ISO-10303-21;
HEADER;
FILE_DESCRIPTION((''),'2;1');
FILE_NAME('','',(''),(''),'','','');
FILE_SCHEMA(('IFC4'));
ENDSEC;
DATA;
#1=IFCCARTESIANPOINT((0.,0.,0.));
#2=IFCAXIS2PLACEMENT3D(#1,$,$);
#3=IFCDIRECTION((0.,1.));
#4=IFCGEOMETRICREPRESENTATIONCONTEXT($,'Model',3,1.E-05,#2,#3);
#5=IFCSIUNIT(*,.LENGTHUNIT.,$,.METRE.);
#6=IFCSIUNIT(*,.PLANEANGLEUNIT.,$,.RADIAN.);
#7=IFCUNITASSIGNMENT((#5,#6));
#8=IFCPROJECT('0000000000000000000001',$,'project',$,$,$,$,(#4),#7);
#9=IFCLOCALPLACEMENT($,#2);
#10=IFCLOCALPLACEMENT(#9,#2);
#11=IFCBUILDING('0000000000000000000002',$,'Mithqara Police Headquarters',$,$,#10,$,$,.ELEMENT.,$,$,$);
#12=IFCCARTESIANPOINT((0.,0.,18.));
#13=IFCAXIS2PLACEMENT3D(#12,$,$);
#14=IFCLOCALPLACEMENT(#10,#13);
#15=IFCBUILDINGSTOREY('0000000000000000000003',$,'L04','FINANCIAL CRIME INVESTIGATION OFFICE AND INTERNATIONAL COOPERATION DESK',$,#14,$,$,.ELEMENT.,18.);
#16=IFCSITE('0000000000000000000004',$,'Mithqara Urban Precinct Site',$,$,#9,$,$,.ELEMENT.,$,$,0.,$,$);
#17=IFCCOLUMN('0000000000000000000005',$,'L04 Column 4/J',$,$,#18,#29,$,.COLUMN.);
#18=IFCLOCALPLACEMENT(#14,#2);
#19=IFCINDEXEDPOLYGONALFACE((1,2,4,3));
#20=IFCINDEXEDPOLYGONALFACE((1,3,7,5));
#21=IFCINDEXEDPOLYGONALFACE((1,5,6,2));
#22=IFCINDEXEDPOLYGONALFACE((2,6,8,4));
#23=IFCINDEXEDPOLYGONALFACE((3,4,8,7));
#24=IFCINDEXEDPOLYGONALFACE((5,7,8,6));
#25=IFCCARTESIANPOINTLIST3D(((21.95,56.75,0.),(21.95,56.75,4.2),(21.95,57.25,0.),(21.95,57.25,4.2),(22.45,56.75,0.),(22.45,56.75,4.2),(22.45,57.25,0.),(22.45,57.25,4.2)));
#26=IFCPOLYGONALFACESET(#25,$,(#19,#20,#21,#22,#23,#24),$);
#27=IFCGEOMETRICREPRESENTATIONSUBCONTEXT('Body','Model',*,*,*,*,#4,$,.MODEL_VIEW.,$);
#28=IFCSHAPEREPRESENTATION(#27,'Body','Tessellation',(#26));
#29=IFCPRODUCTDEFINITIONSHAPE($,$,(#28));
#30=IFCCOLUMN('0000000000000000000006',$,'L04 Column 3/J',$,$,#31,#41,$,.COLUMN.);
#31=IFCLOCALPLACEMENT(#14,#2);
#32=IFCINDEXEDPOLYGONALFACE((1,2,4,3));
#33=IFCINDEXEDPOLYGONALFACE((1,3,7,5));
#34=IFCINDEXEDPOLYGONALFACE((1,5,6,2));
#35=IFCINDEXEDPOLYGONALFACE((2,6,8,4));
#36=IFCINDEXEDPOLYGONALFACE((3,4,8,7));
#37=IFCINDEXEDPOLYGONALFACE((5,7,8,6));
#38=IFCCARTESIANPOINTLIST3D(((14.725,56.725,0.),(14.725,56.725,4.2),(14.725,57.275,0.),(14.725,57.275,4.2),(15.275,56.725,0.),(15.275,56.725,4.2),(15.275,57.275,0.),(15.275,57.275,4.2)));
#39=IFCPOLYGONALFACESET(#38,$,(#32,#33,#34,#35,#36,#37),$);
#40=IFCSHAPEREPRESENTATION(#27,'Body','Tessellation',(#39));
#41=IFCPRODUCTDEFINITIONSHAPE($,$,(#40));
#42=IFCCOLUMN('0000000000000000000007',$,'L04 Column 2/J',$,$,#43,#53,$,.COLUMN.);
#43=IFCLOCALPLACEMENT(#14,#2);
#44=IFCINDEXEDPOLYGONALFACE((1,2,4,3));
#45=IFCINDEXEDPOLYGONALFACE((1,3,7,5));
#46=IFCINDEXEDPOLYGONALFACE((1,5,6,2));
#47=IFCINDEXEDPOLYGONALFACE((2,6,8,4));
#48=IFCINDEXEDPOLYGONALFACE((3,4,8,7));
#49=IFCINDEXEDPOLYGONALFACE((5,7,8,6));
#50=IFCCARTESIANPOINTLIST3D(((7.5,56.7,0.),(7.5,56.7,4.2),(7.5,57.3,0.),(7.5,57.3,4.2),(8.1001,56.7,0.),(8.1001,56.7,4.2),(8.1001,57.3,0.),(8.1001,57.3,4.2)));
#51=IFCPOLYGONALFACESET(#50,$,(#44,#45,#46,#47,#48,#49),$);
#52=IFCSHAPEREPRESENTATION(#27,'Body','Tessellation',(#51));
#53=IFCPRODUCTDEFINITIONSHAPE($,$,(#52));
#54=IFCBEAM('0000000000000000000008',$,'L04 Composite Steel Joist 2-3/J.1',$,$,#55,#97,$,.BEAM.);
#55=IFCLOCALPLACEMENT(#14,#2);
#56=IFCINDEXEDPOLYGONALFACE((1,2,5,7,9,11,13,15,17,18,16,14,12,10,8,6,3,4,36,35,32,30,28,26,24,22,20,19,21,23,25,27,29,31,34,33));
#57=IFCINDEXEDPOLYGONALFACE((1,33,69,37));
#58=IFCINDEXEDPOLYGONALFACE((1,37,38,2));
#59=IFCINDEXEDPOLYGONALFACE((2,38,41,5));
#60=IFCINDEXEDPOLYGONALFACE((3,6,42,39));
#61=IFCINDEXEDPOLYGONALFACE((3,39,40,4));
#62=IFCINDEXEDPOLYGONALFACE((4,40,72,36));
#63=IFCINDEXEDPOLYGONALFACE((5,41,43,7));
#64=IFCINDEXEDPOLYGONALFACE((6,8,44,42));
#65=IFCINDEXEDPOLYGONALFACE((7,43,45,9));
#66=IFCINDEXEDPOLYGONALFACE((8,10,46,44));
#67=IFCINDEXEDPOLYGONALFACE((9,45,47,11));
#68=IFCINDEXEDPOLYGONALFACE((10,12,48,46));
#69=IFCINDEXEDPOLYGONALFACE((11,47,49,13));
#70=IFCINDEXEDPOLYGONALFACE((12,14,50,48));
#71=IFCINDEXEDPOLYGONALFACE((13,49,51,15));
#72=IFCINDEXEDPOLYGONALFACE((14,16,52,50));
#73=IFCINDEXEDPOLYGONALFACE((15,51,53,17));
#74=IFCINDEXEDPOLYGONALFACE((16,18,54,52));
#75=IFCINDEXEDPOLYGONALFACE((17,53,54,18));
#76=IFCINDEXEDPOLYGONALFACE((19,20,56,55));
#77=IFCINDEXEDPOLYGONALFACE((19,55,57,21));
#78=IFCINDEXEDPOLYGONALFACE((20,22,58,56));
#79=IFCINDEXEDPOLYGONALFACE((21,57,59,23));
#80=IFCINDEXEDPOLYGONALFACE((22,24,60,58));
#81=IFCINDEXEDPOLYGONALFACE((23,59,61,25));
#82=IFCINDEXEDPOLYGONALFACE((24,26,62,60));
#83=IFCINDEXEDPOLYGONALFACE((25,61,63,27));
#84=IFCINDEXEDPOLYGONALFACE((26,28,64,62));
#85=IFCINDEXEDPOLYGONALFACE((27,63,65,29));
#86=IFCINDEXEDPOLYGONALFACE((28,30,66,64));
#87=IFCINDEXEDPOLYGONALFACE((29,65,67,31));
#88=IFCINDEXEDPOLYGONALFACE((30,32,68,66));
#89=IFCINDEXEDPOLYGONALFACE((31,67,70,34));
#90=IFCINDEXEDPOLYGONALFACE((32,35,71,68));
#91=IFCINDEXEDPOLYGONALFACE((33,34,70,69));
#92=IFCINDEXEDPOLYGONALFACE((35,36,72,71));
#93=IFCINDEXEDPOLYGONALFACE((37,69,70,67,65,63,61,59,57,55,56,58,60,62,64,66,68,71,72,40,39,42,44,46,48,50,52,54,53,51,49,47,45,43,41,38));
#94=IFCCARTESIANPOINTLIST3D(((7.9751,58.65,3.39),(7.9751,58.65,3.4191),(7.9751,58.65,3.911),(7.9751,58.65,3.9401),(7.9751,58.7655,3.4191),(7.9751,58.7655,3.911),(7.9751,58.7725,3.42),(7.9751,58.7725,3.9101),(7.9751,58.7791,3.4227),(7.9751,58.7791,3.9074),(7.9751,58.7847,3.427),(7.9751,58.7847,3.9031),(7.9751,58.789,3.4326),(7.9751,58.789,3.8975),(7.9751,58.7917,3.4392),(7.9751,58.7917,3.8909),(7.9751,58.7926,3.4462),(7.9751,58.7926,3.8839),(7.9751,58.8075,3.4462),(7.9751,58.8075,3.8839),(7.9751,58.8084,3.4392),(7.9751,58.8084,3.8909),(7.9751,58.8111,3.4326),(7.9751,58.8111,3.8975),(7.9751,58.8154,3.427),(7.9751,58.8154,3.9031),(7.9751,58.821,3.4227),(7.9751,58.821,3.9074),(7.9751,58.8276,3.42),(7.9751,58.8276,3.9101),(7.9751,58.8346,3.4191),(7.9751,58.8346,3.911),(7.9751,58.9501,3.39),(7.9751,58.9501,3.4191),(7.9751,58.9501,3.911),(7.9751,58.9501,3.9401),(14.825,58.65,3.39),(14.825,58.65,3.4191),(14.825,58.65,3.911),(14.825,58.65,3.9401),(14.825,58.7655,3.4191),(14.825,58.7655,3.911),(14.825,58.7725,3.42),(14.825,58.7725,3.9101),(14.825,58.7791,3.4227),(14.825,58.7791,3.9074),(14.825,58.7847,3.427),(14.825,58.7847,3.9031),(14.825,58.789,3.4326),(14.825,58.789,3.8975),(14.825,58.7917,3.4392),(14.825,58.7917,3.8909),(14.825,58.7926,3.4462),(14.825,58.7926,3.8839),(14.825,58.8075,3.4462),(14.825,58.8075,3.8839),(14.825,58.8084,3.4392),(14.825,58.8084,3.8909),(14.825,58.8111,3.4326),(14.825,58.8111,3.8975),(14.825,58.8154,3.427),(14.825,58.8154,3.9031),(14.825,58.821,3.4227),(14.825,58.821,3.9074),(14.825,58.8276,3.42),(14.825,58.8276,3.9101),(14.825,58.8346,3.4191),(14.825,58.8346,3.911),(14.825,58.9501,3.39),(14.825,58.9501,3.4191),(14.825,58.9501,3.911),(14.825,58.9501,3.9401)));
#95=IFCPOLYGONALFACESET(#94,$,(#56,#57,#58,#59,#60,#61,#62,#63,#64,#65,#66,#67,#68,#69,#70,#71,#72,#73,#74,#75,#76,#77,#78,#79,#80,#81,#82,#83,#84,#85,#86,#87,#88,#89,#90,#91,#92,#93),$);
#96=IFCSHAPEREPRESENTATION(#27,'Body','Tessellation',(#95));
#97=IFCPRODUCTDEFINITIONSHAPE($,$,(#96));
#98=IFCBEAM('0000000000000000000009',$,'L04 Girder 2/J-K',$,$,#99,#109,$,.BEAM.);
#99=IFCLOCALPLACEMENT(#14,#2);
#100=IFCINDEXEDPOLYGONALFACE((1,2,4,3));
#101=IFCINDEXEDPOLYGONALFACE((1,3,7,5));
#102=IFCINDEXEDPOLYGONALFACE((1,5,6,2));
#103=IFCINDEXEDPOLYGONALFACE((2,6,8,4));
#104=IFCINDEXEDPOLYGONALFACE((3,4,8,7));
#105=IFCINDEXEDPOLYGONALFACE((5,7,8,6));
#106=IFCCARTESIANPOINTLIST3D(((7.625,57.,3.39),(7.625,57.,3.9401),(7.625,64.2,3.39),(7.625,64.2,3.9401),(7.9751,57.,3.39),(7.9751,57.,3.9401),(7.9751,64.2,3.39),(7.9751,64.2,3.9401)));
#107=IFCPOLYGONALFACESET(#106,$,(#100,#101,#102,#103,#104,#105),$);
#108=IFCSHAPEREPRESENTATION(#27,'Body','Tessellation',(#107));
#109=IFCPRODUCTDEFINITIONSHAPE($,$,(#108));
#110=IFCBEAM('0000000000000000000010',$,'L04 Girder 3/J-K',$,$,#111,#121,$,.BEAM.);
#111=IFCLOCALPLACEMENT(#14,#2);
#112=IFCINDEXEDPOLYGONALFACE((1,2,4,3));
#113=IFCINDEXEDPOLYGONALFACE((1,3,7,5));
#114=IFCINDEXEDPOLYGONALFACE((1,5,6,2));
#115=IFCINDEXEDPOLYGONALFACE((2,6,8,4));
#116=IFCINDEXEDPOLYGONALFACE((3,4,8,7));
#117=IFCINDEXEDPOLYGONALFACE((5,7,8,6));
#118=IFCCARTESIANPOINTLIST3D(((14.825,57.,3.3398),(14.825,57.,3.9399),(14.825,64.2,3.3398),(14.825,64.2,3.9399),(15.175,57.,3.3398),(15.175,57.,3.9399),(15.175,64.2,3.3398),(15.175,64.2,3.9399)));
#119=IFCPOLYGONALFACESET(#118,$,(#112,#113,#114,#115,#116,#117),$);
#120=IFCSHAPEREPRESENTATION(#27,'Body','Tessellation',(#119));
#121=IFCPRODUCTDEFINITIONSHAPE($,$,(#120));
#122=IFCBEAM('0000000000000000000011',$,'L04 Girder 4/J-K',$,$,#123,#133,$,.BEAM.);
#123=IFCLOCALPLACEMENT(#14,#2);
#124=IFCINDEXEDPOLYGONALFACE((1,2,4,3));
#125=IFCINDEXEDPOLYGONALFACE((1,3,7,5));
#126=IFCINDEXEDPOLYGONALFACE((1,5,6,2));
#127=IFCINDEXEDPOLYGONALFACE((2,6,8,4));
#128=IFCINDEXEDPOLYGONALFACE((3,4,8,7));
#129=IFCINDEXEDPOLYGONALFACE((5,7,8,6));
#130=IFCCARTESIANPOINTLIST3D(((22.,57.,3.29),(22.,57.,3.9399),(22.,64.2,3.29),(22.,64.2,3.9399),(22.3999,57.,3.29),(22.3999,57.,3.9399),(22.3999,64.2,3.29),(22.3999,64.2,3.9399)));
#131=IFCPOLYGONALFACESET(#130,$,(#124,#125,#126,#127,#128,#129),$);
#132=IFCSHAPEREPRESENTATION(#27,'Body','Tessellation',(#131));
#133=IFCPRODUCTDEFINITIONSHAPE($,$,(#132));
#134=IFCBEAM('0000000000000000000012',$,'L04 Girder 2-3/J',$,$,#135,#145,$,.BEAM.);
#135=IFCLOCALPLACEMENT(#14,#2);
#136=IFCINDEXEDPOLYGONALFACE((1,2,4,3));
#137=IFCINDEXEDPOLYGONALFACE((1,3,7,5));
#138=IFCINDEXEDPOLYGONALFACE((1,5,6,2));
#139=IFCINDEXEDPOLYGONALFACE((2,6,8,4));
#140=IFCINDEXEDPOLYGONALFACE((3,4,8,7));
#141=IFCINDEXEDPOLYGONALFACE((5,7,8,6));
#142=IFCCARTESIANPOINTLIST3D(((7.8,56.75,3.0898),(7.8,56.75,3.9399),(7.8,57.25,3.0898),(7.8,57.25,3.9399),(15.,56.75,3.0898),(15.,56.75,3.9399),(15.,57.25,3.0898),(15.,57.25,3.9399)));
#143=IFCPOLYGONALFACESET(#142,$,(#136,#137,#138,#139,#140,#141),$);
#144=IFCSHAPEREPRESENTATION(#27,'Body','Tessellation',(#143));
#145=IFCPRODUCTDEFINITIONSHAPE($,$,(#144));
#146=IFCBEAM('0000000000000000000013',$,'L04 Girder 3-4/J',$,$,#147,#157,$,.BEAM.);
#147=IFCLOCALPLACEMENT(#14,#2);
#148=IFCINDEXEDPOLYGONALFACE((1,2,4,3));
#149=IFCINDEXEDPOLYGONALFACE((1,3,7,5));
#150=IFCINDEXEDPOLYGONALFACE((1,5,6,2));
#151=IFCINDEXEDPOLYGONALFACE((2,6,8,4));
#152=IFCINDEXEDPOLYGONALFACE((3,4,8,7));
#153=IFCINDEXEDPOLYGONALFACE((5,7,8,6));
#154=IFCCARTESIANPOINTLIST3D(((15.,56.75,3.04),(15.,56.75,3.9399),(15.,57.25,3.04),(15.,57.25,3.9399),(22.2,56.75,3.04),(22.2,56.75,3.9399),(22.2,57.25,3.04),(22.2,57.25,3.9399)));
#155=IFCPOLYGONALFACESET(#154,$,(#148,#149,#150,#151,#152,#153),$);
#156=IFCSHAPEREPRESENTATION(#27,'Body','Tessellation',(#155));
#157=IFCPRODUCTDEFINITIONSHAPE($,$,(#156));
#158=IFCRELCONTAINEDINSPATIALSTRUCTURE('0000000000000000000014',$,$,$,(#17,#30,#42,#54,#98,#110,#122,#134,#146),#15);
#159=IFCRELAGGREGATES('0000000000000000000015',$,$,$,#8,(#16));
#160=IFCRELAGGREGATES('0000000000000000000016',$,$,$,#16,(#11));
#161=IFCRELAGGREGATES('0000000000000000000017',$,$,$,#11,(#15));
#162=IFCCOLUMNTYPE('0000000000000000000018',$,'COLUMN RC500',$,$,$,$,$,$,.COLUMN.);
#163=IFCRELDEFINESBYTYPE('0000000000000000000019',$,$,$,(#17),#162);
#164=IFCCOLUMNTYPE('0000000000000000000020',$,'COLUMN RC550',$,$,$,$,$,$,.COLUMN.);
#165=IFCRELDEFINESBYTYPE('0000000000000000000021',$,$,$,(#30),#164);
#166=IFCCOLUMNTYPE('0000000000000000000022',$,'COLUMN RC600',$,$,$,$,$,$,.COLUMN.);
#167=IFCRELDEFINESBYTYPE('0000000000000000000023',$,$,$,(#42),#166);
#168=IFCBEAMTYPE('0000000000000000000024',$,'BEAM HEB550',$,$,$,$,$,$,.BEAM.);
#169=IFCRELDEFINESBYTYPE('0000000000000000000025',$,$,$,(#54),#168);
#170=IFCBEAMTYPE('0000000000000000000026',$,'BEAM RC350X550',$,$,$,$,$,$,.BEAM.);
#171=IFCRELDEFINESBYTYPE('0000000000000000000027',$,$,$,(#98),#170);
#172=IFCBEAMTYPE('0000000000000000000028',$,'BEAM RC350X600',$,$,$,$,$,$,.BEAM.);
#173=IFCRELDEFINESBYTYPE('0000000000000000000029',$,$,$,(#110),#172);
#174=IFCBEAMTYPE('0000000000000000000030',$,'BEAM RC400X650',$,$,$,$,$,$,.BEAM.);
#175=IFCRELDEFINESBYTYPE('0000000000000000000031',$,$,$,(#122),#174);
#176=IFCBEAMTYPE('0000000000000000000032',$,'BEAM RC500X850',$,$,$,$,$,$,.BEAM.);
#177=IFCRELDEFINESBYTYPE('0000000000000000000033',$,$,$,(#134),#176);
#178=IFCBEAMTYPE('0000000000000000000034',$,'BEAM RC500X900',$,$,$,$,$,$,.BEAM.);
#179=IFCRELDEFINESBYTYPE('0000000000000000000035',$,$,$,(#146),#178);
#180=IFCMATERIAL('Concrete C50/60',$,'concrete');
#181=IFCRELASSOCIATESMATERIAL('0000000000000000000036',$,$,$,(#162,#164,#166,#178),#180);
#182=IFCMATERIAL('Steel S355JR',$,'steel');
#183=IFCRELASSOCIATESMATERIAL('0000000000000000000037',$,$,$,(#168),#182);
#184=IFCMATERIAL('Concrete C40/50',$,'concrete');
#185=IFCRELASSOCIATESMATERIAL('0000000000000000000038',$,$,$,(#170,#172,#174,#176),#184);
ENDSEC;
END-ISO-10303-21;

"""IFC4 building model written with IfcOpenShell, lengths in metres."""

from ifc_helpers import new_model, si_unit, direction, frame, origin, origin_2d, place, context, subcontext, project, spatial, rectangle, i_section, extrude, material, material_profile, profile_set, type_object, element, save


model = new_model("IFC4")

# Units and contexts
model_context = context("Model", 3, precision=1e-05, world=origin(), true_north=direction((0.0, 1.0)))
body_context = subcontext(model_context, "Body", "Model", "MODEL_VIEW")
ifc_project = project(units=[si_unit("LENGTHUNIT", "METRE"), si_unit("PLANEANGLEUNIT", "RADIAN")], contexts=[model_context])

# Site, building, storey
site_placement = place(None, origin())
site = spatial("IfcSite", under=ifc_project, at=site_placement, Name="Mithqara Urban Precinct Site", CompositionType="ELEMENT", RefElevation=0.0)
building_placement = place(site_placement, origin())
building = spatial("IfcBuilding", under=site, at=building_placement, Name="Mithqara Police Headquarters", CompositionType="ELEMENT")
storey_placement = place(building_placement, frame((0.0, 0.0, 18.0)))
storey = spatial("IfcBuildingStorey", under=building, at=storey_placement, Name="L04", Description="FINANCIAL CRIME INVESTIGATION OFFICE AND INTERNATIONAL COOPERATION DESK", CompositionType="ELEMENT", Elevation=18.0)

# Columns
ifc_material_1 = material(Name="Concrete C50/60", Category="concrete")
ifc_material_profile_1 = material_profile(ifc_material_1, rectangle(XDim=0.5, YDim=0.5, at=origin_2d()), Name="RC 500x500")
ifc_profile_set_1 = profile_set([ifc_material_profile_1], Name="Concrete C50/60")
column_type_1 = type_object("IfcColumnType", Name="COLUMN RC500", PredefinedType="COLUMN", material=ifc_profile_set_1)
column_1_placement = place(storey_placement, frame((22.2, 57.0, 0.0), z_axis=(0.0, 0.0, 1.0), x_axis=(1.0, 0.0, 0.0)))
element("IfcColumn", 1, at=column_1_placement, inside=storey, type_object=column_type_1, Name="L04 Column 4/J", PredefinedType="COLUMN", context=body_context, shape_type="SweptSolid", body=[
    extrude(rectangle(XDim=0.5, YDim=0.5, at=origin_2d()), origin(), (0.0, 0.0, 1.0), 4.2),
])
ifc_material_profile_2 = material_profile(ifc_material_1, rectangle(XDim=0.55, YDim=0.55, at=origin_2d()), Name="RC 550x550")
ifc_profile_set_2 = profile_set([ifc_material_profile_2], Name="Concrete C50/60")
column_type_2 = type_object("IfcColumnType", Name="COLUMN RC550", PredefinedType="COLUMN", material=ifc_profile_set_2)
column_2_placement = place(storey_placement, frame((15.0, 57.0, 0.0), z_axis=(0.0, 0.0, 1.0), x_axis=(1.0, 0.0, 0.0)))
element("IfcColumn", 2, at=column_2_placement, inside=storey, type_object=column_type_2, Name="L04 Column 3/J", PredefinedType="COLUMN", context=body_context, shape_type="SweptSolid", body=[
    extrude(rectangle(XDim=0.55, YDim=0.55, at=origin_2d()), origin(), (0.0, 0.0, 1.0), 4.2),
])
ifc_material_profile_3 = material_profile(ifc_material_1, rectangle(XDim=0.6001, YDim=0.6001, at=origin_2d()), Name="RC 600x600")
ifc_profile_set_3 = profile_set([ifc_material_profile_3], Name="Concrete C50/60")
column_type_3 = type_object("IfcColumnType", Name="COLUMN RC600", PredefinedType="COLUMN", material=ifc_profile_set_3)
column_3_placement = place(storey_placement, frame((7.8, 57.0, 0.0), z_axis=(0.0, 0.0, 1.0), x_axis=(1.0, 0.0, 0.0)))
element("IfcColumn", 3, at=column_3_placement, inside=storey, type_object=column_type_3, Name="L04 Column 2/J", PredefinedType="COLUMN", context=body_context, shape_type="SweptSolid", body=[
    extrude(rectangle(XDim=0.6001, YDim=0.6001, at=origin_2d()), origin(), (0.0, 0.0, 1.0), 4.2),
])

# Beams
ifc_material_2 = material(Name="Steel S355JR", Category="steel")
ifc_material_profile_4 = material_profile(ifc_material_2, i_section(OverallWidth=0.3, OverallDepth=0.55, WebThickness=0.0149, FlangeThickness=0.0291, FilletRadius=0.0271, at=origin_2d()), Name="HEB 550")
ifc_profile_set_4 = profile_set([ifc_material_profile_4], Name="Steel S355JR")
beam_type_1 = type_object("IfcBeamType", Name="BEAM HEB550", PredefinedType="BEAM", material=ifc_profile_set_4)
beam_1_placement = place(storey_placement, frame((7.9751, 58.8, 3.665), z_axis=(1.0, 0.0, 0.0), x_axis=(0.0, 1.0, 0.0)))
element("IfcBeam", 4, at=beam_1_placement, inside=storey, type_object=beam_type_1, Name="L04 Composite Steel Joist 2-3/J.1", PredefinedType="BEAM", context=body_context, shape_type="SweptSolid", body=[
    extrude(i_section(OverallWidth=0.3, OverallDepth=0.55, WebThickness=0.0149, FlangeThickness=0.0291, FilletRadius=0.0271, at=origin_2d()), origin(), (0.0, 0.0, 1.0), 6.8499),
])
ifc_material_3 = material(Name="Concrete C40/50", Category="concrete")
ifc_material_profile_5 = material_profile(ifc_material_3, rectangle(XDim=0.3501, YDim=0.55, at=origin_2d()), Name="RC 350x550")
ifc_profile_set_5 = profile_set([ifc_material_profile_5], Name="Concrete C40/50")
beam_type_2 = type_object("IfcBeamType", Name="BEAM RC350X550", PredefinedType="BEAM", material=ifc_profile_set_5)
beam_2_placement = place(storey_placement, frame((7.8, 57.0, 3.665), z_axis=(0.0, 1.0, 0.0), x_axis=(-1.0, 0.0, 0.0)))
element("IfcBeam", 5, at=beam_2_placement, inside=storey, type_object=beam_type_2, Name="L04 Girder 2/J-K", PredefinedType="BEAM", context=body_context, shape_type="SweptSolid", body=[
    extrude(rectangle(XDim=0.3501, YDim=0.55, at=origin_2d()), origin(), (0.0, 0.0, 1.0), 7.2),
])
ifc_material_profile_6 = material_profile(ifc_material_3, rectangle(XDim=0.3501, YDim=0.6001, at=origin_2d()), Name="RC 350x600")
ifc_profile_set_6 = profile_set([ifc_material_profile_6], Name="Concrete C40/50")
beam_type_3 = type_object("IfcBeamType", Name="BEAM RC350X600", PredefinedType="BEAM", material=ifc_profile_set_6)
beam_3_placement = place(storey_placement, frame((15.0, 57.0, 3.6399), z_axis=(0.0, 1.0, 0.0), x_axis=(-1.0, 0.0, 0.0)))
element("IfcBeam", 6, at=beam_3_placement, inside=storey, type_object=beam_type_3, Name="L04 Girder 3/J-K", PredefinedType="BEAM", context=body_context, shape_type="SweptSolid", body=[
    extrude(rectangle(XDim=0.3501, YDim=0.6001, at=origin_2d()), origin(), (0.0, 0.0, 1.0), 7.2),
])
ifc_material_profile_7 = material_profile(ifc_material_3, rectangle(XDim=0.3999, YDim=0.6499, at=origin_2d()), Name="RC 400x650")
ifc_profile_set_7 = profile_set([ifc_material_profile_7], Name="Concrete C40/50")
beam_type_4 = type_object("IfcBeamType", Name="BEAM RC400X650", PredefinedType="BEAM", material=ifc_profile_set_7)
beam_4_placement = place(storey_placement, frame((22.2, 57.0, 3.615), z_axis=(0.0, 1.0, 0.0), x_axis=(-1.0, 0.0, 0.0)))
element("IfcBeam", 7, at=beam_4_placement, inside=storey, type_object=beam_type_4, Name="L04 Girder 4/J-K", PredefinedType="BEAM", context=body_context, shape_type="SweptSolid", body=[
    extrude(rectangle(XDim=0.3999, YDim=0.6499, at=origin_2d()), origin(), (0.0, 0.0, 1.0), 7.2),
])
ifc_material_profile_8 = material_profile(ifc_material_3, rectangle(XDim=0.5, YDim=0.8501, at=origin_2d()), Name="RC 500x850")
ifc_profile_set_8 = profile_set([ifc_material_profile_8], Name="Concrete C40/50")
beam_type_5 = type_object("IfcBeamType", Name="BEAM RC500X850", PredefinedType="BEAM", material=ifc_profile_set_8)
beam_5_placement = place(storey_placement, frame((7.8, 57.0, 3.5149), z_axis=(1.0, 0.0, 0.0), x_axis=(0.0, 1.0, 0.0)))
element("IfcBeam", 8, at=beam_5_placement, inside=storey, type_object=beam_type_5, Name="L04 Girder 2-3/J", PredefinedType="BEAM", context=body_context, shape_type="SweptSolid", body=[
    extrude(rectangle(XDim=0.5, YDim=0.8501, at=origin_2d()), origin(), (0.0, 0.0, 1.0), 7.2),
])
ifc_material_profile_9 = material_profile(ifc_material_1, rectangle(XDim=0.5, YDim=0.8999, at=origin_2d()), Name="RC 500x900")
ifc_profile_set_9 = profile_set([ifc_material_profile_9], Name="Concrete C50/60")
beam_type_6 = type_object("IfcBeamType", Name="BEAM RC500X900", PredefinedType="BEAM", material=ifc_profile_set_9)
beam_6_placement = place(storey_placement, frame((15.0, 57.0, 3.49), z_axis=(1.0, 0.0, 0.0), x_axis=(0.0, 1.0, 0.0)))
element("IfcBeam", 9, at=beam_6_placement, inside=storey, type_object=beam_type_6, Name="L04 Girder 3-4/J", PredefinedType="BEAM", context=body_context, shape_type="SweptSolid", body=[
    extrude(rectangle(XDim=0.5, YDim=0.8999, at=origin_2d()), origin(), (0.0, 0.0, 1.0), 7.2),
])

save(model, "model.ifc")
